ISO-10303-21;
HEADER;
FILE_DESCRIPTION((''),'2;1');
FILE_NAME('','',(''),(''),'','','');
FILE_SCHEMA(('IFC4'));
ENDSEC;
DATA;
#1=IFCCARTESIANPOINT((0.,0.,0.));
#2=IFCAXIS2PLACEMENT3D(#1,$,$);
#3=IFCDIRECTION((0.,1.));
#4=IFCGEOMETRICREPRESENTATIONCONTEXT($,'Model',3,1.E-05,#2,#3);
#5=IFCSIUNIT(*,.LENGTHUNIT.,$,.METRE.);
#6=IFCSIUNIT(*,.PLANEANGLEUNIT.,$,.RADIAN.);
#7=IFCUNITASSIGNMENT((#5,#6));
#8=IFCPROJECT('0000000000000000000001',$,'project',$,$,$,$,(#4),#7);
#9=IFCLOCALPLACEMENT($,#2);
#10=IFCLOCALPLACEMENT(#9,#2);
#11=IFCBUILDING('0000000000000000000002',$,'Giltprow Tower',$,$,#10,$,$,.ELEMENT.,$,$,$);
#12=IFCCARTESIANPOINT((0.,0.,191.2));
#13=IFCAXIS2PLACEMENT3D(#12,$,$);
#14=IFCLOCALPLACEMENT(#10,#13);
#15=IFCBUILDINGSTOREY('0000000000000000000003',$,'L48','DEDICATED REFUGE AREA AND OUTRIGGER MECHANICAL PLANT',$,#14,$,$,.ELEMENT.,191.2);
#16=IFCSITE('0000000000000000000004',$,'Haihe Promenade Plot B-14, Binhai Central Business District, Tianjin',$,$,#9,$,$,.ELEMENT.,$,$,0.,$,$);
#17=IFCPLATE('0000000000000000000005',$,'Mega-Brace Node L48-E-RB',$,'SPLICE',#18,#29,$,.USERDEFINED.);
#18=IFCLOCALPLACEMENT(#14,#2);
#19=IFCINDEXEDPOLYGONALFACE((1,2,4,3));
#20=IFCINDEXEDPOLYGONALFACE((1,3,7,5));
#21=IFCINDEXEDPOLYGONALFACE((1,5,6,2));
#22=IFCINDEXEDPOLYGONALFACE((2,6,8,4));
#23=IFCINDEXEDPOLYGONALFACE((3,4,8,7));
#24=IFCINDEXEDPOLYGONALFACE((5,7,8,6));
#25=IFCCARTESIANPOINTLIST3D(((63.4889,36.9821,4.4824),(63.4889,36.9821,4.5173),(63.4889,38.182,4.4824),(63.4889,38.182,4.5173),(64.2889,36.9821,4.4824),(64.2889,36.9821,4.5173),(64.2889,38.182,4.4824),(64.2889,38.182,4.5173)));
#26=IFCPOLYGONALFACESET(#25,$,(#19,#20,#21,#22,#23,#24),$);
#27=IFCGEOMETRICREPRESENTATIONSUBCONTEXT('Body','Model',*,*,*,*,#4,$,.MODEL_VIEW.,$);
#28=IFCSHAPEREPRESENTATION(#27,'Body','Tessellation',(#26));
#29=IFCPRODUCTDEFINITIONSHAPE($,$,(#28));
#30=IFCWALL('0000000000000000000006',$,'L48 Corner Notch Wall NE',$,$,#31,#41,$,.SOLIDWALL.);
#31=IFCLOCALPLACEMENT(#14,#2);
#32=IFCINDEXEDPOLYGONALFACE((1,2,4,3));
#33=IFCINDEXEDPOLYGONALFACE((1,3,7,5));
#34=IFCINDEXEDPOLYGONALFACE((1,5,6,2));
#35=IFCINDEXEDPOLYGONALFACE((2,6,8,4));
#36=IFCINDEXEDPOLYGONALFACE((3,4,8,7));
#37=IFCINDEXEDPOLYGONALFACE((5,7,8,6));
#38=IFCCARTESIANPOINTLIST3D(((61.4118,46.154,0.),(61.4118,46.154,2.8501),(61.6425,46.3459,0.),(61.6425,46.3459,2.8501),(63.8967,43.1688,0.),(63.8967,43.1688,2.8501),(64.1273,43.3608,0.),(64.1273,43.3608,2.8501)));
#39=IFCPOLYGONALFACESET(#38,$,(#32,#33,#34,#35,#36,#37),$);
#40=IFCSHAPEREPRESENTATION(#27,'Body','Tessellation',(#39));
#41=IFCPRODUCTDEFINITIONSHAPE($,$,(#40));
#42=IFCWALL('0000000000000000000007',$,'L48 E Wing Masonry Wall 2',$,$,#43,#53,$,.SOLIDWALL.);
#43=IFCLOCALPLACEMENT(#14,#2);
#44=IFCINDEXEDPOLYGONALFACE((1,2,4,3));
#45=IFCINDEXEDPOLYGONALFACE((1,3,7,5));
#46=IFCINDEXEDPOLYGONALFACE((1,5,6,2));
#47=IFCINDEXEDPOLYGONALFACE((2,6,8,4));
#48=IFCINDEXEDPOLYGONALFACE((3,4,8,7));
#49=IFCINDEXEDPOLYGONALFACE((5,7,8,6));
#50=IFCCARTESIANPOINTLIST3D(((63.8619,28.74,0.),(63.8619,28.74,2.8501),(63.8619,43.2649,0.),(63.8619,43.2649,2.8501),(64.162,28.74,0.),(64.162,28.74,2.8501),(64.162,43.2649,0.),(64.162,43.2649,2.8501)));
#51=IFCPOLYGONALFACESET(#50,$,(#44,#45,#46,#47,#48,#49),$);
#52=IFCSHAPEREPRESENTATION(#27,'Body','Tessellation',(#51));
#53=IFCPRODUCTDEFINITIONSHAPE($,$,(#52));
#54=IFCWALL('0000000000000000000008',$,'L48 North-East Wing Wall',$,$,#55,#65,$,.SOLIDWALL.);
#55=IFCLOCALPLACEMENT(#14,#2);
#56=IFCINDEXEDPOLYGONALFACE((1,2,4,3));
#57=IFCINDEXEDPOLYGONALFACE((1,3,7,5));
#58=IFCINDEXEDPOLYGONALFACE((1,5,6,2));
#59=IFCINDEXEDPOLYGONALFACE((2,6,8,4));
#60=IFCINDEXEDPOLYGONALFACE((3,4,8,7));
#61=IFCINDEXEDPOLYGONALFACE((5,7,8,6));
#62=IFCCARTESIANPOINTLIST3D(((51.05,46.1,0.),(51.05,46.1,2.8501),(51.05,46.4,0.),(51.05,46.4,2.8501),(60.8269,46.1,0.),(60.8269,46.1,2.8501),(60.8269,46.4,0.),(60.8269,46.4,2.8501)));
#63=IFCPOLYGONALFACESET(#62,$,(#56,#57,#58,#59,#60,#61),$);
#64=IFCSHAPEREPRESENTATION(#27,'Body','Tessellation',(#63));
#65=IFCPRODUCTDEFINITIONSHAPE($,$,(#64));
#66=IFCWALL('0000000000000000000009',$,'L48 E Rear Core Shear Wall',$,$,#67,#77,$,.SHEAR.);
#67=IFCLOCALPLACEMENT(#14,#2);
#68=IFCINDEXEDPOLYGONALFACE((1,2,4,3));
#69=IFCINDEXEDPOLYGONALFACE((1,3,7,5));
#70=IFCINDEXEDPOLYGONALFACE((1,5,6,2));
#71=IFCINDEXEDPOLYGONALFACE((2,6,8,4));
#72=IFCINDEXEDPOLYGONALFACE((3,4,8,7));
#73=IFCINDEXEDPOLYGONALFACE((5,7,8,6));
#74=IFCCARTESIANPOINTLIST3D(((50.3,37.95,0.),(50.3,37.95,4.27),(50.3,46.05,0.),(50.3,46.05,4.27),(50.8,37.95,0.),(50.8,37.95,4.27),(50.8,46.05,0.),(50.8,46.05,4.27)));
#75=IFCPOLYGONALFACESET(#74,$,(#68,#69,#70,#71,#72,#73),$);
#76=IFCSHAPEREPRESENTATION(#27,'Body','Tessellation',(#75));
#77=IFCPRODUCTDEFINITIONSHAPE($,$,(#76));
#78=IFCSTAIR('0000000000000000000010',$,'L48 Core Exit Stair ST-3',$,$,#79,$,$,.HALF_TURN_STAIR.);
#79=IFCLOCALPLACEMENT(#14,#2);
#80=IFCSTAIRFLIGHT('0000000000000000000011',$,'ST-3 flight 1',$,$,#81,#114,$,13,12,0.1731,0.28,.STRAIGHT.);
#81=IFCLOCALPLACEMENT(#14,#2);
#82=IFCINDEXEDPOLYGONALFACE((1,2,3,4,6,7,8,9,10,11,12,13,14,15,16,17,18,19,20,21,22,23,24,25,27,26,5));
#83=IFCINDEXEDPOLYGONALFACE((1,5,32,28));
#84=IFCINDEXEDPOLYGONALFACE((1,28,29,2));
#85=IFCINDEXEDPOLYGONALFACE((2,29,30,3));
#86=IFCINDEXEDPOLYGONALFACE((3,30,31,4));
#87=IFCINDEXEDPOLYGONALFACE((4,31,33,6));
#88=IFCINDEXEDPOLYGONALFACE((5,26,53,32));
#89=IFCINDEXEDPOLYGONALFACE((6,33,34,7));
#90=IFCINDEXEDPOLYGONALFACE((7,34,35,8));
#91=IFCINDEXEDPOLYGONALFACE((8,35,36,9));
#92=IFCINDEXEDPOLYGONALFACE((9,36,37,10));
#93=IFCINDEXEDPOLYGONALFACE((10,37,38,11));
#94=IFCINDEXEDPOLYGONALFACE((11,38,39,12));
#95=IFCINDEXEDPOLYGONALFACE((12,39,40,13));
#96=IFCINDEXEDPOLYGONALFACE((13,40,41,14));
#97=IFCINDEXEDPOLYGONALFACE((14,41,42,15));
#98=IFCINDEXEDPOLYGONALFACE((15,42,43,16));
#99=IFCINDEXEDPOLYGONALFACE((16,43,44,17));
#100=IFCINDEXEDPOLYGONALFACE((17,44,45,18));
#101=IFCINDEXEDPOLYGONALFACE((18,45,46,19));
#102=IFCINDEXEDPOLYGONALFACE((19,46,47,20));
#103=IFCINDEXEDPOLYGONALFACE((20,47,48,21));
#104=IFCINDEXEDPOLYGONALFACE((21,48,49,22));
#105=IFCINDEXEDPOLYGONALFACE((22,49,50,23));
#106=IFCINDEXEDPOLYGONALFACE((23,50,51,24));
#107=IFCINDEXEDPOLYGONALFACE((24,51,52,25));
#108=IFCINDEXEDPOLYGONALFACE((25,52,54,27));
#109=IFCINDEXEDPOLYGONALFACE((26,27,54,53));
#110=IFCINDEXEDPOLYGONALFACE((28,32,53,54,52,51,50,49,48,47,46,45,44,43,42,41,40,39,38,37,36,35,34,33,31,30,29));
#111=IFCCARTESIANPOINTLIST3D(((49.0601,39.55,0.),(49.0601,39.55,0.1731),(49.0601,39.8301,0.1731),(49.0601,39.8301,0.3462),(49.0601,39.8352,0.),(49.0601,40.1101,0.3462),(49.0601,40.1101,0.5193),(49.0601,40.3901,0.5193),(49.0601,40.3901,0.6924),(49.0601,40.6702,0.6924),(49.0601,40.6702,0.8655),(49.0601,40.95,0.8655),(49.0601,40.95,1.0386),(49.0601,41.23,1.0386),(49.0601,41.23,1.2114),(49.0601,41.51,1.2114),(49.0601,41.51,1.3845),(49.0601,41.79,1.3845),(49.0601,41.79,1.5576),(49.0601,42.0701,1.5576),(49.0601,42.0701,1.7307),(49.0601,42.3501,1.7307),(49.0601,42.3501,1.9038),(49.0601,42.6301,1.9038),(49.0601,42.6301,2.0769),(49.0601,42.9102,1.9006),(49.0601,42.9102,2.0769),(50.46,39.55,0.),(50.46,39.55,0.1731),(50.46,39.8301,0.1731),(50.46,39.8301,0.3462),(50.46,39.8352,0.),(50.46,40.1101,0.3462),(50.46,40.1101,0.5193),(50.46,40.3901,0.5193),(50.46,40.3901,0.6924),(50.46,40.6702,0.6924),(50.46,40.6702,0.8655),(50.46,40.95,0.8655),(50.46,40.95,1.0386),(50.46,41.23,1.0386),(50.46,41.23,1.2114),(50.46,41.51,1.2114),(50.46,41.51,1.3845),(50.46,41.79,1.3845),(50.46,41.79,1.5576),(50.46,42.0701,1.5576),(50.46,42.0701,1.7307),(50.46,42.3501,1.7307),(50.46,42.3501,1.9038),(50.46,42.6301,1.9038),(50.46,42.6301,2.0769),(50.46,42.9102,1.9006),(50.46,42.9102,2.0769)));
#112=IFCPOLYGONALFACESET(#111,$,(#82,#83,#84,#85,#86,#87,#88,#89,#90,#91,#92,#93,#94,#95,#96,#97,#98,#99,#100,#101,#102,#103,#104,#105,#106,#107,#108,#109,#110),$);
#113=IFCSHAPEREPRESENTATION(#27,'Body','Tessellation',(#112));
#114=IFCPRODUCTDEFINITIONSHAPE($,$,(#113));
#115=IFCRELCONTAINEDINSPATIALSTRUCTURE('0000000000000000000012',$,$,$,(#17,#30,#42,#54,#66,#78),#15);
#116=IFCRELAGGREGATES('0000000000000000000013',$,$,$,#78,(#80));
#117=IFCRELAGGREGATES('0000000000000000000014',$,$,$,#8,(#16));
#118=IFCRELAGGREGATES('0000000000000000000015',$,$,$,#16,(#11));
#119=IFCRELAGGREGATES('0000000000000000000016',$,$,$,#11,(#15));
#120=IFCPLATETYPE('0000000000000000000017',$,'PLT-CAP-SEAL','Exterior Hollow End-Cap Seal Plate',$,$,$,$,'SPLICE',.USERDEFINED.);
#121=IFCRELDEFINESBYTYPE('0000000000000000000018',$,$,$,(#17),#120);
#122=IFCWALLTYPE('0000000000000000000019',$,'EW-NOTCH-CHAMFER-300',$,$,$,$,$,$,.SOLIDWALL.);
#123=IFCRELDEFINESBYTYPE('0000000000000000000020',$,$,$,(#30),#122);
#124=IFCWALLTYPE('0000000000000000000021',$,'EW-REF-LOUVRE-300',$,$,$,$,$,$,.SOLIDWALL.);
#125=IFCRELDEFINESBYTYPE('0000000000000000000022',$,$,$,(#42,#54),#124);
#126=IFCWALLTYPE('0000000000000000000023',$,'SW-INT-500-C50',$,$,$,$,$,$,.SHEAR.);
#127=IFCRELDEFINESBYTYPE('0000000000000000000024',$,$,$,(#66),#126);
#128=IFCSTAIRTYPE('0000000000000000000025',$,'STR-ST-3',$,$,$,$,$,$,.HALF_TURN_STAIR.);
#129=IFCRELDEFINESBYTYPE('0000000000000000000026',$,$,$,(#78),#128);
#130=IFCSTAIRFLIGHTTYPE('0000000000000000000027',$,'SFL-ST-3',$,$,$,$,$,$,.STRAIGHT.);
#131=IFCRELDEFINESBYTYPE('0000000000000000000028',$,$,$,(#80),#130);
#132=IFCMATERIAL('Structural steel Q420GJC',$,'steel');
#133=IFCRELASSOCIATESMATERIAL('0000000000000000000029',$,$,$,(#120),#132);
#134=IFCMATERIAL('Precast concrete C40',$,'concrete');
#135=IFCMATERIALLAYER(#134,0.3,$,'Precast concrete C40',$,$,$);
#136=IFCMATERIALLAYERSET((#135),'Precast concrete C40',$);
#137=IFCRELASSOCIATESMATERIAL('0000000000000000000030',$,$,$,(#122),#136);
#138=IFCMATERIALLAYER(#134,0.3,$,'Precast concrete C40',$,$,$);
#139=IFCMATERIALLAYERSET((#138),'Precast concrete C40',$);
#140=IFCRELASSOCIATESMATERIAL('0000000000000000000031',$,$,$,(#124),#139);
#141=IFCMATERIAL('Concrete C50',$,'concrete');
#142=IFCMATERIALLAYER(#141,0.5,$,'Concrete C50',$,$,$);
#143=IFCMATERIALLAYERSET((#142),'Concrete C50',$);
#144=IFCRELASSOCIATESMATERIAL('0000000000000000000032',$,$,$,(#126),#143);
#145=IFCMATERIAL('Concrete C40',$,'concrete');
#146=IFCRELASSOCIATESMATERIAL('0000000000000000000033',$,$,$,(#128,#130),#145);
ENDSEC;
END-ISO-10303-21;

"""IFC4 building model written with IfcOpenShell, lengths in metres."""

from ifc_helpers import new_model, si_unit, direction, frame, frame_2d, origin, origin_2d, place, context, subcontext, project, spatial, polyline, rectangle, outline, extrude, source, transform, mapped, material, layer, layer_set, type_object, element, aggregate, save


model = new_model("IFC4")

# Units and contexts
model_context = context("Model", 3, precision=1e-05, world=origin(), true_north=direction((0.0, 1.0)))
body_context = subcontext(model_context, "Body", "Model", "MODEL_VIEW")
ifc_project = project(units=[si_unit("LENGTHUNIT", "METRE"), si_unit("PLANEANGLEUNIT", "RADIAN")], contexts=[model_context])

# Site, building, storey
site_placement = place(None, origin())
site = spatial("IfcSite", under=ifc_project, at=site_placement, Name="Haihe Promenade Plot B-14, Binhai Central Business District, Tianjin", CompositionType="ELEMENT", RefElevation=0.0)
building_placement = place(site_placement, origin())
building = spatial("IfcBuilding", under=site, at=building_placement, Name="Giltprow Tower", CompositionType="ELEMENT")
storey_placement = place(building_placement, frame((0.0, 0.0, 191.2)))
storey = spatial("IfcBuildingStorey", under=building, at=storey_placement, Name="L48", Description="DEDICATED REFUGE AREA AND OUTRIGGER MECHANICAL PLANT", CompositionType="ELEMENT", Elevation=191.2)

# Shared definitions
ifc_material_1 = material(Name="Concrete C50", Category="concrete")
ifc_material_2 = material(Name="Structural steel Q420GJC", Category="steel")

# Plate
plate_type_1 = type_object("IfcPlateType", Name="PLT-CAP-SEAL", Description="Exterior Hollow End-Cap Seal Plate", ElementType="SPLICE", PredefinedType="USERDEFINED", material=ifc_material_2)
shared_shape_1 = source(origin(), body_context, "Body", "SweptSolid", [
    extrude(rectangle(XDim=1.2, YDim=0.8, at=origin_2d()), origin(), (0.0, 0.0, 1.0), 0.0349),
])
plate_placement = place(storey_placement, frame((63.8889, 37.582, 4.4824), z_axis=(0.0, 0.0, 1.0), x_axis=(0.0, 1.0, 0.0)))
element("IfcPlate", 1, at=plate_placement, inside=storey, type_object=plate_type_1, Name="Mega-Brace Node L48-E-RB", ObjectType="SPLICE", PredefinedType="USERDEFINED", context=body_context, shape_type="MappedRepresentation", body=[
    mapped(shared_shape_1, transform((0.0, 0.0, 0.0), x_axis=(1.0, 0.0, 0.0), y_axis=(0.0, 1.0, 0.0), z_axis=(0.0, 0.0, 1.0), scale=1.0)),
])

# Walls
ifc_material_3 = material(Name="Precast concrete C40", Category="concrete")
ifc_layer_1 = layer(ifc_material_3, 0.3, Name="Precast concrete C40")
ifc_layer_set_1 = layer_set([ifc_layer_1], Name="Precast concrete C40")
wall_type_1 = type_object("IfcWallType", Name="EW-NOTCH-CHAMFER-300", PredefinedType="SOLIDWALL", material=ifc_layer_set_1)
wall_1_placement = place(storey_placement, frame((64.012, 43.2649, 0.0), z_axis=(0.0, 0.0, 1.0), x_axis=(-0.63977, 0.768566, 0.0)))
element("IfcWall", 2, at=wall_1_placement, inside=storey, type_object=wall_type_1, Name="L48 Corner Notch Wall NE", PredefinedType="SOLIDWALL", context=body_context, shape_type="SweptSolid", body=[
    extrude(rectangle(XDim=3.884, YDim=0.3, at=frame_2d((1.9419, 0.0))), origin(), (0.0, 0.0, 1.0), 2.8501),
])
ifc_layer_2 = layer(ifc_material_3, 0.3, Name="Precast concrete C40")
ifc_layer_set_2 = layer_set([ifc_layer_2], Name="Precast concrete C40")
wall_type_2 = type_object("IfcWallType", Name="EW-REF-LOUVRE-300", PredefinedType="SOLIDWALL", material=ifc_layer_set_2)
wall_2_placement = place(storey_placement, frame((64.012, 28.74, 0.0), z_axis=(0.0, 0.0, 1.0), x_axis=(0.0, 1.0, 0.0)))
element("IfcWall", 3, at=wall_2_placement, inside=storey, type_object=wall_type_2, Name="L48 E Wing Masonry Wall 2", PredefinedType="SOLIDWALL", context=body_context, shape_type="SweptSolid", body=[
    extrude(rectangle(XDim=14.5249, YDim=0.3, at=frame_2d((7.2625, 0.0))), origin(), (0.0, 0.0, 1.0), 2.8501),
])
wall_3_placement = place(storey_placement, frame((51.05, 46.25, 0.0), z_axis=(0.0, 0.0, 1.0), x_axis=(1.0, 0.0, 0.0)))
element("IfcWall", 4, at=wall_3_placement, inside=storey, type_object=wall_type_2, Name="L48 North-East Wing Wall", PredefinedType="SOLIDWALL", context=body_context, shape_type="SweptSolid", body=[
    extrude(rectangle(XDim=9.7769, YDim=0.3, at=frame_2d((4.8884, 0.0))), origin(), (0.0, 0.0, 1.0), 2.8501),
])
ifc_layer_3 = layer(ifc_material_1, 0.5, Name="Concrete C50")
ifc_layer_set_3 = layer_set([ifc_layer_3], Name="Concrete C50")
wall_type_3 = type_object("IfcWallType", Name="SW-INT-500-C50", PredefinedType="SHEAR", material=ifc_layer_set_3)
wall_4_placement = place(storey_placement, frame((50.55, 37.95, 0.0), z_axis=(0.0, 0.0, 1.0), x_axis=(0.0, 1.0, 0.0)))
element("IfcWall", 5, at=wall_4_placement, inside=storey, type_object=wall_type_3, Name="L48 E Rear Core Shear Wall", PredefinedType="SHEAR", context=body_context, shape_type="SweptSolid", body=[
    extrude(rectangle(XDim=8.1001, YDim=0.5, at=frame_2d((4.05, 0.0))), origin(), (0.0, 0.0, 1.0), 4.27),
])

# Stair, stair flight
ifc_material_4 = material(Name="Concrete C40", Category="concrete")
stair_type = type_object("IfcStairType", Name="STR-ST-3", PredefinedType="HALF_TURN_STAIR", material=ifc_material_4)
stair_placement = place(storey_placement, origin())
stair = element("IfcStair", 6, at=stair_placement, inside=storey, type_object=stair_type, Name="L48 Core Exit Stair ST-3", PredefinedType="HALF_TURN_STAIR")
stair_flight_type = type_object("IfcStairFlightType", Name="SFL-ST-3", PredefinedType="STRAIGHT", material=ifc_material_4)
stair_flight_placement = place(storey_placement, frame((49.76, 39.55, 0.0), z_axis=(0.0, 0.0, 1.0), x_axis=(0.0, 1.0, 0.0)))
stair_flight = element("IfcStairFlight", 7, at=stair_flight_placement, type_object=stair_flight_type, Name="ST-3 flight 1", NumberOfRisers=13, NumberOfTreads=12, PredefinedType="STRAIGHT", RiserHeight=0.1731, TreadLength=0.28, context=body_context, shape_type="SweptSolid", body=[
    extrude(outline(polyline([(0.0, 0.0), (0.0, 0.1731), (0.28, 0.1731), (0.28, 0.3462), (0.5601, 0.3462), (0.5601, 0.5193), (0.8401, 0.5193), (0.8401, 0.6924), (1.1201, 0.6924), (1.1201, 0.8655), (1.3999, 0.8655), (1.3999, 1.0386), (1.6799, 1.0386), (1.6799, 1.2114), (1.96, 1.2114), (1.96, 1.3845), (2.24, 1.3845), (2.24, 1.5576), (2.52, 1.5576), (2.52, 1.7307), (2.8, 1.7307), (2.8, 1.9038), (3.0801, 1.9038), (3.0801, 2.0769), (3.3601, 2.0769), (3.3601, 2.25), (3.3601, 1.9006), (0.2852, 0.0), (0.0, 0.0)])), frame((0.0, 0.7, 0.0), z_axis=(0.0, -1.0, 0.0), x_axis=(1.0, 0.0, 0.0)), (0.0, 0.0, 1.0), 1.3999),
])
aggregate(stair, [stair_flight])

save(model, "model.ifc")
